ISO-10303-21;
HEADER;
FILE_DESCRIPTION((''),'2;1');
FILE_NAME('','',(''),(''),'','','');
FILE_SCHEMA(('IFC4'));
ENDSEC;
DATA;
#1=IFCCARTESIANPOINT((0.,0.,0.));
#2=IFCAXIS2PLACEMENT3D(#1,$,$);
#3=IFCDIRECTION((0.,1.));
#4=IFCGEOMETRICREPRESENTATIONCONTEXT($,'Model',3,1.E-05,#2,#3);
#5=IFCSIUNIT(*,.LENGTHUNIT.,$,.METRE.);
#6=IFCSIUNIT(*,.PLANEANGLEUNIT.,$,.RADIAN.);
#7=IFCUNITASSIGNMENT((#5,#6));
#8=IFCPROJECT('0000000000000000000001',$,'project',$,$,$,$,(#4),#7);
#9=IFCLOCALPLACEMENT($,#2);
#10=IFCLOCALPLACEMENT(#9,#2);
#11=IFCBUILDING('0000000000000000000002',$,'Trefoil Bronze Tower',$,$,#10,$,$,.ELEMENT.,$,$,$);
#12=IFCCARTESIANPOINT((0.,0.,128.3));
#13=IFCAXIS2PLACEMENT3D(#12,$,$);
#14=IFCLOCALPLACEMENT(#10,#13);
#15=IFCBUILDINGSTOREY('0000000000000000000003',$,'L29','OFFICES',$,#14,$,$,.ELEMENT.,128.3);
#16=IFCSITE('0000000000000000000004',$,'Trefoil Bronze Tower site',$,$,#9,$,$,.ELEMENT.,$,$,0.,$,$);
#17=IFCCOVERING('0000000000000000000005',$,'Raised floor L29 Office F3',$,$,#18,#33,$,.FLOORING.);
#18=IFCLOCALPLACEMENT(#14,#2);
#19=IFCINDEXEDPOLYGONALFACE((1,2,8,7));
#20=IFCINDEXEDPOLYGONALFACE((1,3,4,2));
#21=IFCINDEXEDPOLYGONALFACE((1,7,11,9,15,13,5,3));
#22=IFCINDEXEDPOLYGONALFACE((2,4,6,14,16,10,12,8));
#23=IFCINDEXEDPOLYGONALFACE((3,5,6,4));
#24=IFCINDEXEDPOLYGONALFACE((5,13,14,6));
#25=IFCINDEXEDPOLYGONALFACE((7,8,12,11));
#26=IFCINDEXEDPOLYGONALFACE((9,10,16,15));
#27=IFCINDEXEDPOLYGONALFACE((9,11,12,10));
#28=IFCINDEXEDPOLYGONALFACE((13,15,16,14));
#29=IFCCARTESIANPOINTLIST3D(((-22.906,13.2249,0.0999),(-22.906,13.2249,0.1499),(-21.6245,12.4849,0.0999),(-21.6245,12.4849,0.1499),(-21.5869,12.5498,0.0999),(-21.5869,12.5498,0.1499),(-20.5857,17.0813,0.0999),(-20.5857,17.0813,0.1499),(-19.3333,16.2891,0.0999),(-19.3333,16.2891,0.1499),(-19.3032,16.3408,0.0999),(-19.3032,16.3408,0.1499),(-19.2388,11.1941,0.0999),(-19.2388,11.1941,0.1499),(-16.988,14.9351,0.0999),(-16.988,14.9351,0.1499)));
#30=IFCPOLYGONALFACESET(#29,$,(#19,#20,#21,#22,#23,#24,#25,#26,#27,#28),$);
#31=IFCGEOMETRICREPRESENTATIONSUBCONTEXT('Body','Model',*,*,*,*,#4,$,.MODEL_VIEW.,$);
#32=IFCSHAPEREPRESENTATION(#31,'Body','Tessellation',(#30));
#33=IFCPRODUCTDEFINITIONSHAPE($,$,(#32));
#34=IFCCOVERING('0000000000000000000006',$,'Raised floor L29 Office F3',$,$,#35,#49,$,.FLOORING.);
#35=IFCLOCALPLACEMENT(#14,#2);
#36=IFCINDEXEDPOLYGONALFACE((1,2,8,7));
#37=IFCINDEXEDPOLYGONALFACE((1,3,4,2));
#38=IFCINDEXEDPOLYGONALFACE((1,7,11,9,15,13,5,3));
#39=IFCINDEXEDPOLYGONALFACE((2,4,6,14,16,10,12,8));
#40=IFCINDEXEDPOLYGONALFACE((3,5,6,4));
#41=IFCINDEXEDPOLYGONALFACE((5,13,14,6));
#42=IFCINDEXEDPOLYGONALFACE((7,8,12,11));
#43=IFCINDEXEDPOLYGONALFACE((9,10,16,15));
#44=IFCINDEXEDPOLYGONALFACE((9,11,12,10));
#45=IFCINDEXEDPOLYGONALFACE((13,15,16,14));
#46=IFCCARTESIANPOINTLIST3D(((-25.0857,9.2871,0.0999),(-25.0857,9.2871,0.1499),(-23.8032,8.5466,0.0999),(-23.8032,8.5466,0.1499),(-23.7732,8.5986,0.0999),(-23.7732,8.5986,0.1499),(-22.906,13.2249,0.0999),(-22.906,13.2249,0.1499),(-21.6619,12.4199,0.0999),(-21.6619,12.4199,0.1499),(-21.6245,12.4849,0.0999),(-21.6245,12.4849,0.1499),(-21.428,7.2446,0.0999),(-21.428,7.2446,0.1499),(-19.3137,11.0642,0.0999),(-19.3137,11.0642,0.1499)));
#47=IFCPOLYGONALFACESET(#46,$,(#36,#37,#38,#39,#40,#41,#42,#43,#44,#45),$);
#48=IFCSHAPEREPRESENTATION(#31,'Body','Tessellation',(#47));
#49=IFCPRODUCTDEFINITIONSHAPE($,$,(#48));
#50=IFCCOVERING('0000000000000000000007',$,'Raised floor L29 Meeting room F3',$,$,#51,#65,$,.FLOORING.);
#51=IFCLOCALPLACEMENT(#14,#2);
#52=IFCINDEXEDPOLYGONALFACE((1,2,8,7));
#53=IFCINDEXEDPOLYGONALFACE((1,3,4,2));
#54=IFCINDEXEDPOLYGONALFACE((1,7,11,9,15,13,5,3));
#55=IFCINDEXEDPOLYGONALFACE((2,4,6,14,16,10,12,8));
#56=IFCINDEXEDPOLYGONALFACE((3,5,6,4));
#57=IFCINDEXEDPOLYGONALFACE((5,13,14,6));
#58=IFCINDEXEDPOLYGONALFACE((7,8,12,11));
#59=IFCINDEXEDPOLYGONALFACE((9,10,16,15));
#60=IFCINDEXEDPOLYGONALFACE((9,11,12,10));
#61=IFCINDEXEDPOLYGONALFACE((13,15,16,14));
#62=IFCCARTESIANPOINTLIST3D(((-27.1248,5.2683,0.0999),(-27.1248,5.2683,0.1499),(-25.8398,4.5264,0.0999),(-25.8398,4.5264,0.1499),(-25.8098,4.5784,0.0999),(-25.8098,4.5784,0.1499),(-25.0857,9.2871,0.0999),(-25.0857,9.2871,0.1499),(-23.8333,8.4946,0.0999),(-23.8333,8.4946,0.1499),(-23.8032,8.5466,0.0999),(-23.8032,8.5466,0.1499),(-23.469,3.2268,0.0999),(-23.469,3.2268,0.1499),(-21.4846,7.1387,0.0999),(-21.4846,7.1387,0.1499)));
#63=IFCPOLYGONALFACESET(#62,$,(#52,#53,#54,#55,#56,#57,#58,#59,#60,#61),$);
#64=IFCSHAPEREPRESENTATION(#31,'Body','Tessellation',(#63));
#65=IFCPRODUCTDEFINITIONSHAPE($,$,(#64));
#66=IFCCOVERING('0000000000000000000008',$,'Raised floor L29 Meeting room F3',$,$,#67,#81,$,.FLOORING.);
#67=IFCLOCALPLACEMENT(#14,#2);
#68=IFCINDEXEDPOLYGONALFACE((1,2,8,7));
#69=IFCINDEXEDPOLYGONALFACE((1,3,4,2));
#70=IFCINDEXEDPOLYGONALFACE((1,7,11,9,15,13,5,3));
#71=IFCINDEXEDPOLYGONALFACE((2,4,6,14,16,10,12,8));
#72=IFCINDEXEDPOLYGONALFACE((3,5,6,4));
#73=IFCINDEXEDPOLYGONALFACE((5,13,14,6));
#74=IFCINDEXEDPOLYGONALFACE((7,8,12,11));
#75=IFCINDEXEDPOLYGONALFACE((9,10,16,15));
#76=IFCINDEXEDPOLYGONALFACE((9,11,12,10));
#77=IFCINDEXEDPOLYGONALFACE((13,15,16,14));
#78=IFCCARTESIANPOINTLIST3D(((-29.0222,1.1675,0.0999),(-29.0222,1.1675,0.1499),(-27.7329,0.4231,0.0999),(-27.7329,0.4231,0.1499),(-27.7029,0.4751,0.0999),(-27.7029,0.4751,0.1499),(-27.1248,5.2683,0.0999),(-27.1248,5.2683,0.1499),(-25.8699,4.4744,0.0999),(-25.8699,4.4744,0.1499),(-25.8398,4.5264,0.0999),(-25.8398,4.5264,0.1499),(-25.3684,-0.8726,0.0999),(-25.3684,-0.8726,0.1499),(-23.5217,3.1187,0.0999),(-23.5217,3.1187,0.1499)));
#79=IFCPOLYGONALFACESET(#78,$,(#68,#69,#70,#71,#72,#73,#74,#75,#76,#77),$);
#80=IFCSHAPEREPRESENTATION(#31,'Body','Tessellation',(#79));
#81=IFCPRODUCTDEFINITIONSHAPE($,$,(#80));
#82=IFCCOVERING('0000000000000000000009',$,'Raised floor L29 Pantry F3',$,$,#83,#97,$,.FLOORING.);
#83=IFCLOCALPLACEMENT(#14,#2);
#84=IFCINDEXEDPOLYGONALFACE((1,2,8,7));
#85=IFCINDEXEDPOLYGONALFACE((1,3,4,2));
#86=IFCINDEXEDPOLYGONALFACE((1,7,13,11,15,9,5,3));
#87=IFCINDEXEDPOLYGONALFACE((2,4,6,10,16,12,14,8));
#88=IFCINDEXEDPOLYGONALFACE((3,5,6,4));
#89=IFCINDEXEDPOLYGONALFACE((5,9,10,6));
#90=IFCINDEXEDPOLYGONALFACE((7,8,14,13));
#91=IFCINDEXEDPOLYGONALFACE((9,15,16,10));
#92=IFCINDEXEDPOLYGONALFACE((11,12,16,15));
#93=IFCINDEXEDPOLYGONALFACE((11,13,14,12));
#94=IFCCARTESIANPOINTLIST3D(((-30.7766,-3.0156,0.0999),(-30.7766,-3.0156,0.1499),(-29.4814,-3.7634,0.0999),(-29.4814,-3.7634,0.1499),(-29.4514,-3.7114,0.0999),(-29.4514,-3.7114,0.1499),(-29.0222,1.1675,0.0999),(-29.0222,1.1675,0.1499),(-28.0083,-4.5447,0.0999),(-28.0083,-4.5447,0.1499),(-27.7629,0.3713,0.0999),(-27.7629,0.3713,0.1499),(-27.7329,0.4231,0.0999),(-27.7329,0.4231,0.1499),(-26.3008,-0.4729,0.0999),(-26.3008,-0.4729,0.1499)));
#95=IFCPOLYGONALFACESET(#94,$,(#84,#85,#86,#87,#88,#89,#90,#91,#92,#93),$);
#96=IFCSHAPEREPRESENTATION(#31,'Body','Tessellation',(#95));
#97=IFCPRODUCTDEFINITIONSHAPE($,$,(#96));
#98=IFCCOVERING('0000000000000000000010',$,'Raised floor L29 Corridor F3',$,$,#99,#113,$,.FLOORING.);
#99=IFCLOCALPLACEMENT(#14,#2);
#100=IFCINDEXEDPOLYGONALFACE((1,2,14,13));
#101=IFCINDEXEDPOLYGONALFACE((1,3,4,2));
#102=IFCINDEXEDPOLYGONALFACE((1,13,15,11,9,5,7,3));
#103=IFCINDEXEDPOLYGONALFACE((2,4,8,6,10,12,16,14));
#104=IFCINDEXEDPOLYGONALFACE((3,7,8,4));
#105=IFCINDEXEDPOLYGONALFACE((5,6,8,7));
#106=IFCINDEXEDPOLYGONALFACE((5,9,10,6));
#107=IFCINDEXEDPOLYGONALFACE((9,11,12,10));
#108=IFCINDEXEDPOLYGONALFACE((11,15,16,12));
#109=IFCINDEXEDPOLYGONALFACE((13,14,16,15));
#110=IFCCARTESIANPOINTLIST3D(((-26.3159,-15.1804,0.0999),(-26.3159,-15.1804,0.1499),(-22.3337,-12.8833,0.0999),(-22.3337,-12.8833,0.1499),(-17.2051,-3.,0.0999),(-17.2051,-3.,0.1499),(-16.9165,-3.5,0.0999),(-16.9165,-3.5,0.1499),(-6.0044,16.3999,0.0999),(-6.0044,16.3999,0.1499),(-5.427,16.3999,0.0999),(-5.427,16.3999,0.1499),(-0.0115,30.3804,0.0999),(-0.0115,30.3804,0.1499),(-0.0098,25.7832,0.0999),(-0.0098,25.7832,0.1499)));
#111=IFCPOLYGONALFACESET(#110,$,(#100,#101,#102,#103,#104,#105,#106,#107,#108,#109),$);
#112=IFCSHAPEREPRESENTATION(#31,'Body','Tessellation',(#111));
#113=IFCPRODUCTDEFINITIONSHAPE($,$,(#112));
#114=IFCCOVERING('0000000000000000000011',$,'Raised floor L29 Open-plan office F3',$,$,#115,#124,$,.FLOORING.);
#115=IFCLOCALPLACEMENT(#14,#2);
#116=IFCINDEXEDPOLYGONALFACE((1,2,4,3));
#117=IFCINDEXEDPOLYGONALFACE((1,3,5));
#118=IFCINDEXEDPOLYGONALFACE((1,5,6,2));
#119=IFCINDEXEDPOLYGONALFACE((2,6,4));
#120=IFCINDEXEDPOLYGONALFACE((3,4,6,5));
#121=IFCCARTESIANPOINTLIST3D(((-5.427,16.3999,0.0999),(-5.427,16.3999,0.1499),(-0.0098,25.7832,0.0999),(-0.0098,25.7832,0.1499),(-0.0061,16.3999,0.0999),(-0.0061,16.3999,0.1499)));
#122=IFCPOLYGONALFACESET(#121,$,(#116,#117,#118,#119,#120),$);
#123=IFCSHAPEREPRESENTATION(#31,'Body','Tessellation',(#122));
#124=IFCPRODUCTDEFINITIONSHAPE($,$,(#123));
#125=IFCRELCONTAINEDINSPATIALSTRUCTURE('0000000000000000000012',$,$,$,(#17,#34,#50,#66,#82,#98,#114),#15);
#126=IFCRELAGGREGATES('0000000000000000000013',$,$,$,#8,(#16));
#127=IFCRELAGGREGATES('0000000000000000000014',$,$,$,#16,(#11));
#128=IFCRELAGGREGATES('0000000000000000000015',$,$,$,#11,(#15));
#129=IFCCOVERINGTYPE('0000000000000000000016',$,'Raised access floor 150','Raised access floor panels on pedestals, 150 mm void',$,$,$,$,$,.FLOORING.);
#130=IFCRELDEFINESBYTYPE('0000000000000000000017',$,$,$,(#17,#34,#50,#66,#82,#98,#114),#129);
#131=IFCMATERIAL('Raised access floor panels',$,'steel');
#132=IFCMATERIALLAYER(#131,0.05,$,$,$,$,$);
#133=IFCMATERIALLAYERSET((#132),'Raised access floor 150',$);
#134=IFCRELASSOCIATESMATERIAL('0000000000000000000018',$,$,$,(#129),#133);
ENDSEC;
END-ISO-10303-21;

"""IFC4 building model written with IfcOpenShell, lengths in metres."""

from ifc_helpers import new_model, si_unit, direction, frame, origin, place, context, subcontext, project, spatial, polyline, outline, extrude, material, layer, layer_set, type_object, element, save


model = new_model("IFC4")

# Units and contexts
model_context = context("Model", 3, precision=1e-05, world=origin(), true_north=direction((0.0, 1.0)))
body_context = subcontext(model_context, "Body", "Model", "MODEL_VIEW")
ifc_project = project(units=[si_unit("LENGTHUNIT", "METRE"), si_unit("PLANEANGLEUNIT", "RADIAN")], contexts=[model_context])

# Site, building, storey
site_placement = place(None, origin())
site = spatial("IfcSite", under=ifc_project, at=site_placement, Name="Trefoil Bronze Tower site", CompositionType="ELEMENT", RefElevation=0.0)
building_placement = place(site_placement, origin())
building = spatial("IfcBuilding", under=site, at=building_placement, Name="Trefoil Bronze Tower", CompositionType="ELEMENT")
storey_placement = place(building_placement, frame((0.0, 0.0, 128.3)))
storey = spatial("IfcBuildingStorey", under=building, at=storey_placement, Name="L29", Description="OFFICES", CompositionType="ELEMENT", Elevation=128.3)

# Coverings
ifc_material_1 = material(Name="Raised access floor panels", Category="steel")
ifc_layer_1 = layer(ifc_material_1, 0.05)
ifc_layer_set_1 = layer_set([ifc_layer_1], Name="Raised access floor 150")
covering_type_1 = type_object("IfcCoveringType", Name="Raised access floor 150", Description="Raised access floor panels on pedestals, 150 mm void", PredefinedType="FLOORING", material=ifc_layer_set_1)
covering_1_placement = place(storey_placement, frame((0.0, 0.0, 0.0999)))
element("IfcCovering", 1, at=covering_1_placement, inside=storey, type_object=covering_type_1, Name="Raised floor L29 Office F3", PredefinedType="FLOORING", context=body_context, shape_type="SweptSolid", body=[
    extrude(outline(polyline([(-22.906, 13.2249), (-20.5857, 17.0813), (-19.3032, 16.3408), (-19.3333, 16.2891), (-16.988, 14.9351), (-19.2388, 11.1941), (-21.5869, 12.5498), (-21.6245, 12.4849), (-22.906, 13.2249)])), origin(), (0.0, 0.0, 1.0), 0.05),
])
covering_2_placement = place(storey_placement, frame((0.0, 0.0, 0.0999)))
element("IfcCovering", 2, at=covering_2_placement, inside=storey, type_object=covering_type_1, Name="Raised floor L29 Office F3", PredefinedType="FLOORING", context=body_context, shape_type="SweptSolid", body=[
    extrude(outline(polyline([(-25.0857, 9.2871), (-22.906, 13.2249), (-21.6245, 12.4849), (-21.6619, 12.4199), (-19.3137, 11.0642), (-21.428, 7.2446), (-23.7732, 8.5986), (-23.8032, 8.5466), (-25.0857, 9.2871)])), origin(), (0.0, 0.0, 1.0), 0.05),
])
covering_3_placement = place(storey_placement, frame((0.0, 0.0, 0.0999)))
element("IfcCovering", 3, at=covering_3_placement, inside=storey, type_object=covering_type_1, Name="Raised floor L29 Meeting room F3", PredefinedType="FLOORING", context=body_context, shape_type="SweptSolid", body=[
    extrude(outline(polyline([(-27.1248, 5.2683), (-25.0857, 9.2871), (-23.8032, 8.5466), (-23.8333, 8.4946), (-21.4846, 7.1387), (-23.469, 3.2268), (-25.8098, 4.5784), (-25.8398, 4.5264), (-27.1248, 5.2683)])), origin(), (0.0, 0.0, 1.0), 0.05),
])
covering_4_placement = place(storey_placement, frame((0.0, 0.0, 0.0999)))
element("IfcCovering", 4, at=covering_4_placement, inside=storey, type_object=covering_type_1, Name="Raised floor L29 Meeting room F3", PredefinedType="FLOORING", context=body_context, shape_type="SweptSolid", body=[
    extrude(outline(polyline([(-29.0222, 1.1675), (-27.1248, 5.2683), (-25.8398, 4.5264), (-25.8699, 4.4744), (-23.5217, 3.1187), (-25.3684, -0.8726), (-27.7029, 0.4751), (-27.7329, 0.4231), (-29.0222, 1.1675)])), origin(), (0.0, 0.0, 1.0), 0.05),
])
covering_5_placement = place(storey_placement, frame((0.0, 0.0, 0.0999)))
element("IfcCovering", 5, at=covering_5_placement, inside=storey, type_object=covering_type_1, Name="Raised floor L29 Pantry F3", PredefinedType="FLOORING", context=body_context, shape_type="SweptSolid", body=[
    extrude(outline(polyline([(-30.7766, -3.0156), (-29.0222, 1.1675), (-27.7329, 0.4231), (-27.7629, 0.3713), (-26.3008, -0.4729), (-28.0083, -4.5447), (-29.4514, -3.7114), (-29.4814, -3.7634), (-30.7766, -3.0156)])), origin(), (0.0, 0.0, 1.0), 0.05),
])
covering_6_placement = place(storey_placement, frame((0.0, 0.0, 0.0999)))
element("IfcCovering", 6, at=covering_6_placement, inside=storey, type_object=covering_type_1, Name="Raised floor L29 Corridor F3", PredefinedType="FLOORING", context=body_context, shape_type="SweptSolid", body=[
    extrude(outline(polyline([(-0.0115, 30.3804), (-0.0098, 25.7832), (-5.427, 16.3999), (-6.0044, 16.3999), (-17.2051, -3.0), (-16.9165, -3.5), (-22.3337, -12.8833), (-26.3159, -15.1804), (-0.0115, 30.3804)])), origin(), (0.0, 0.0, 1.0), 0.05),
])
covering_7_placement = place(storey_placement, frame((0.0, 0.0, 0.0999)))
element("IfcCovering", 7, at=covering_7_placement, inside=storey, type_object=covering_type_1, Name="Raised floor L29 Open-plan office F3", PredefinedType="FLOORING", context=body_context, shape_type="SweptSolid", body=[
    extrude(outline(polyline([(-0.0098, 25.7832), (-0.0061, 16.3999), (-5.427, 16.3999), (-0.0098, 25.7832)])), origin(), (0.0, 0.0, 1.0), 0.05),
])

save(model, "model.ifc")
